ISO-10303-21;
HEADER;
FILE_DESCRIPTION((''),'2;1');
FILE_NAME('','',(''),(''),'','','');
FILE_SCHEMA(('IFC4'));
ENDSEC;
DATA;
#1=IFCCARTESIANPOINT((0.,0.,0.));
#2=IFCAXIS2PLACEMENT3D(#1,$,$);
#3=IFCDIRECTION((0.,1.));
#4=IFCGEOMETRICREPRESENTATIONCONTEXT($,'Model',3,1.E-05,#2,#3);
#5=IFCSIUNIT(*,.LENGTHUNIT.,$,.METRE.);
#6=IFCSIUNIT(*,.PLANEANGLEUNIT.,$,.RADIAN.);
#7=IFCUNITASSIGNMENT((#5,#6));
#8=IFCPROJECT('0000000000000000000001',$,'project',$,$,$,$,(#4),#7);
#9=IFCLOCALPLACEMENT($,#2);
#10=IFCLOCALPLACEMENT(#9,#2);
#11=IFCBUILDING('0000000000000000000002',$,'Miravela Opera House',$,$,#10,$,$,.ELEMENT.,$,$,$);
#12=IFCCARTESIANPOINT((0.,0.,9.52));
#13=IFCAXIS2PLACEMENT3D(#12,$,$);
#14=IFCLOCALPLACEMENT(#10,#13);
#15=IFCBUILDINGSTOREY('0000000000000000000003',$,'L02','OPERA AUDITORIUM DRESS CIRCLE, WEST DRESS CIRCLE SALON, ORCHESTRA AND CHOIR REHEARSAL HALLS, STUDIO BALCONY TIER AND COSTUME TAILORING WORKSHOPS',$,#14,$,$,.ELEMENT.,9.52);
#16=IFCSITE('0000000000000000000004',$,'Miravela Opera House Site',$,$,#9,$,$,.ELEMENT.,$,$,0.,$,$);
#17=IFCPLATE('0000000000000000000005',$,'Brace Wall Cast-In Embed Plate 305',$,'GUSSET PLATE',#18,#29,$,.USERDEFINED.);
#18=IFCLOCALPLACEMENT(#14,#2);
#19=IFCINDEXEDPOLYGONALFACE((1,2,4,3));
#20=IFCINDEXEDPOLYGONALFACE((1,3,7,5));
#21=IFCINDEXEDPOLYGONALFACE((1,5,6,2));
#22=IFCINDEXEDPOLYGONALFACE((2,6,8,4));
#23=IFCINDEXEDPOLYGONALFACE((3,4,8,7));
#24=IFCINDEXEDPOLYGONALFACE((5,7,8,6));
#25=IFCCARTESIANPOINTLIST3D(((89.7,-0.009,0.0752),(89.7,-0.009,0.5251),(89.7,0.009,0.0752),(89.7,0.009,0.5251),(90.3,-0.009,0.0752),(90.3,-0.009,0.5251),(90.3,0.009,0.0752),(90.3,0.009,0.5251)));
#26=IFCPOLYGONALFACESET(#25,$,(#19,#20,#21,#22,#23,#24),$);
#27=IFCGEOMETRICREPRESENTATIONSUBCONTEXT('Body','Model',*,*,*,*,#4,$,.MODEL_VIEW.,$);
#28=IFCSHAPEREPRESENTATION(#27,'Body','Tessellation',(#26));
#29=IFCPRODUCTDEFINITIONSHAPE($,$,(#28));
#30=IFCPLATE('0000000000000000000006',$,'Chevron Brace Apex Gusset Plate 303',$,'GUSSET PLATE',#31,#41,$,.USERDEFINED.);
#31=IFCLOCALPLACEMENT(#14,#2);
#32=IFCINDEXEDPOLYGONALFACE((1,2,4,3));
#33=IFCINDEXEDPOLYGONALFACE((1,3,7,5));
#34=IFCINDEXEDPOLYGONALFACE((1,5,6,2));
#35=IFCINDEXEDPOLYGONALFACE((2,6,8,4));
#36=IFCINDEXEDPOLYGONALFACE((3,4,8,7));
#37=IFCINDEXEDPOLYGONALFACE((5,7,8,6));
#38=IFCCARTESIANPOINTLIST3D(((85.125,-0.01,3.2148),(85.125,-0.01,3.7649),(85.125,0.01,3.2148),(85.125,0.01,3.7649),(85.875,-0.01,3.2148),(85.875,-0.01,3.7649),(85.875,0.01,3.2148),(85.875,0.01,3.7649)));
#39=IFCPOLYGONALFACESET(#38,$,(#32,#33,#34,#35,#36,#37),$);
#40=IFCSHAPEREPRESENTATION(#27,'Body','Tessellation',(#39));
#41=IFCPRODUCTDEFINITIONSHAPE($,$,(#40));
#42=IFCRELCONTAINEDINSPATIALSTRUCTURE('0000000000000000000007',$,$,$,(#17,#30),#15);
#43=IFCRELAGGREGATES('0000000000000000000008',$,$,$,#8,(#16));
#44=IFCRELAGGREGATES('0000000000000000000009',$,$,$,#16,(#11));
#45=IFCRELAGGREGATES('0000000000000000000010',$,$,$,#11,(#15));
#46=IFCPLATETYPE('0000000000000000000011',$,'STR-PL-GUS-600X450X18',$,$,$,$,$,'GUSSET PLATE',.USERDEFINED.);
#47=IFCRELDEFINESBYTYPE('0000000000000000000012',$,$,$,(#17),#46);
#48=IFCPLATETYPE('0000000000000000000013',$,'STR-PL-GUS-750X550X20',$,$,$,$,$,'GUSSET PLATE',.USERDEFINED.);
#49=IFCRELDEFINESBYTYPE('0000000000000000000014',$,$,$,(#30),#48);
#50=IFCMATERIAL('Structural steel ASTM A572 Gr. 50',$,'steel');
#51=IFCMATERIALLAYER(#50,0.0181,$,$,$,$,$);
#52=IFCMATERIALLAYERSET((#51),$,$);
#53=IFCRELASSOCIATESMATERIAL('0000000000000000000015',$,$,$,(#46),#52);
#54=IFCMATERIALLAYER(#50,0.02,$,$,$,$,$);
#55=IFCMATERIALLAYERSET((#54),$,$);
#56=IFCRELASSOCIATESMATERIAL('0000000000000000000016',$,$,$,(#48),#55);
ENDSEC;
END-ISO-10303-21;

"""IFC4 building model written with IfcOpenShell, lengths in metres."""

from ifc_helpers import new_model, si_unit, direction, frame, origin, origin_2d, place, context, subcontext, project, spatial, rectangle, extrude, material, layer, layer_set, type_object, element, save


model = new_model("IFC4")

# Units and contexts
model_context = context("Model", 3, precision=1e-05, world=origin(), true_north=direction((0.0, 1.0)))
body_context = subcontext(model_context, "Body", "Model", "MODEL_VIEW")
ifc_project = project(units=[si_unit("LENGTHUNIT", "METRE"), si_unit("PLANEANGLEUNIT", "RADIAN")], contexts=[model_context])

# Site, building, storey
site_placement = place(None, origin())
site = spatial("IfcSite", under=ifc_project, at=site_placement, Name="Miravela Opera House Site", CompositionType="ELEMENT", RefElevation=0.0)
building_placement = place(site_placement, origin())
building = spatial("IfcBuilding", under=site, at=building_placement, Name="Miravela Opera House", CompositionType="ELEMENT")
storey_placement = place(building_placement, frame((0.0, 0.0, 9.52)))
storey = spatial("IfcBuildingStorey", under=building, at=storey_placement, Name="L02", Description="OPERA AUDITORIUM DRESS CIRCLE, WEST DRESS CIRCLE SALON, ORCHESTRA AND CHOIR REHEARSAL HALLS, STUDIO BALCONY TIER AND COSTUME TAILORING WORKSHOPS", CompositionType="ELEMENT", Elevation=9.52)

# Plates
ifc_material_1 = material(Name="Structural steel ASTM A572 Gr. 50", Category="steel")
ifc_layer_1 = layer(ifc_material_1, 0.0181)
ifc_layer_set_1 = layer_set([ifc_layer_1])
plate_type_1 = type_object("IfcPlateType", Name="STR-PL-GUS-600X450X18", ElementType="GUSSET PLATE", PredefinedType="USERDEFINED", material=ifc_layer_set_1)
plate_1_placement = place(storey_placement, frame((90.0, 0.0, 0.0752), z_axis=(0.0, 0.0, 1.0), x_axis=(1.0, 0.0, 0.0)))
element("IfcPlate", 1, at=plate_1_placement, inside=storey, type_object=plate_type_1, Name="Brace Wall Cast-In Embed Plate 305", ObjectType="GUSSET PLATE", PredefinedType="USERDEFINED", context=body_context, shape_type="SweptSolid", body=[
    extrude(rectangle(XDim=0.6001, YDim=0.0181, at=origin_2d()), origin(), (0.0, 0.0, 1.0), 0.45),
])
ifc_layer_2 = layer(ifc_material_1, 0.02)
ifc_layer_set_2 = layer_set([ifc_layer_2])
plate_type_2 = type_object("IfcPlateType", Name="STR-PL-GUS-750X550X20", ElementType="GUSSET PLATE", PredefinedType="USERDEFINED", material=ifc_layer_set_2)
plate_2_placement = place(storey_placement, frame((85.5, 0.0, 3.2148), z_axis=(0.0, 0.0, 1.0), x_axis=(1.0, 0.0, 0.0)))
element("IfcPlate", 2, at=plate_2_placement, inside=storey, type_object=plate_type_2, Name="Chevron Brace Apex Gusset Plate 303", ObjectType="GUSSET PLATE", PredefinedType="USERDEFINED", context=body_context, shape_type="SweptSolid", body=[
    extrude(rectangle(XDim=0.75, YDim=0.02, at=origin_2d()), origin(), (0.0, 0.0, 1.0), 0.55),
])

save(model, "model.ifc")
